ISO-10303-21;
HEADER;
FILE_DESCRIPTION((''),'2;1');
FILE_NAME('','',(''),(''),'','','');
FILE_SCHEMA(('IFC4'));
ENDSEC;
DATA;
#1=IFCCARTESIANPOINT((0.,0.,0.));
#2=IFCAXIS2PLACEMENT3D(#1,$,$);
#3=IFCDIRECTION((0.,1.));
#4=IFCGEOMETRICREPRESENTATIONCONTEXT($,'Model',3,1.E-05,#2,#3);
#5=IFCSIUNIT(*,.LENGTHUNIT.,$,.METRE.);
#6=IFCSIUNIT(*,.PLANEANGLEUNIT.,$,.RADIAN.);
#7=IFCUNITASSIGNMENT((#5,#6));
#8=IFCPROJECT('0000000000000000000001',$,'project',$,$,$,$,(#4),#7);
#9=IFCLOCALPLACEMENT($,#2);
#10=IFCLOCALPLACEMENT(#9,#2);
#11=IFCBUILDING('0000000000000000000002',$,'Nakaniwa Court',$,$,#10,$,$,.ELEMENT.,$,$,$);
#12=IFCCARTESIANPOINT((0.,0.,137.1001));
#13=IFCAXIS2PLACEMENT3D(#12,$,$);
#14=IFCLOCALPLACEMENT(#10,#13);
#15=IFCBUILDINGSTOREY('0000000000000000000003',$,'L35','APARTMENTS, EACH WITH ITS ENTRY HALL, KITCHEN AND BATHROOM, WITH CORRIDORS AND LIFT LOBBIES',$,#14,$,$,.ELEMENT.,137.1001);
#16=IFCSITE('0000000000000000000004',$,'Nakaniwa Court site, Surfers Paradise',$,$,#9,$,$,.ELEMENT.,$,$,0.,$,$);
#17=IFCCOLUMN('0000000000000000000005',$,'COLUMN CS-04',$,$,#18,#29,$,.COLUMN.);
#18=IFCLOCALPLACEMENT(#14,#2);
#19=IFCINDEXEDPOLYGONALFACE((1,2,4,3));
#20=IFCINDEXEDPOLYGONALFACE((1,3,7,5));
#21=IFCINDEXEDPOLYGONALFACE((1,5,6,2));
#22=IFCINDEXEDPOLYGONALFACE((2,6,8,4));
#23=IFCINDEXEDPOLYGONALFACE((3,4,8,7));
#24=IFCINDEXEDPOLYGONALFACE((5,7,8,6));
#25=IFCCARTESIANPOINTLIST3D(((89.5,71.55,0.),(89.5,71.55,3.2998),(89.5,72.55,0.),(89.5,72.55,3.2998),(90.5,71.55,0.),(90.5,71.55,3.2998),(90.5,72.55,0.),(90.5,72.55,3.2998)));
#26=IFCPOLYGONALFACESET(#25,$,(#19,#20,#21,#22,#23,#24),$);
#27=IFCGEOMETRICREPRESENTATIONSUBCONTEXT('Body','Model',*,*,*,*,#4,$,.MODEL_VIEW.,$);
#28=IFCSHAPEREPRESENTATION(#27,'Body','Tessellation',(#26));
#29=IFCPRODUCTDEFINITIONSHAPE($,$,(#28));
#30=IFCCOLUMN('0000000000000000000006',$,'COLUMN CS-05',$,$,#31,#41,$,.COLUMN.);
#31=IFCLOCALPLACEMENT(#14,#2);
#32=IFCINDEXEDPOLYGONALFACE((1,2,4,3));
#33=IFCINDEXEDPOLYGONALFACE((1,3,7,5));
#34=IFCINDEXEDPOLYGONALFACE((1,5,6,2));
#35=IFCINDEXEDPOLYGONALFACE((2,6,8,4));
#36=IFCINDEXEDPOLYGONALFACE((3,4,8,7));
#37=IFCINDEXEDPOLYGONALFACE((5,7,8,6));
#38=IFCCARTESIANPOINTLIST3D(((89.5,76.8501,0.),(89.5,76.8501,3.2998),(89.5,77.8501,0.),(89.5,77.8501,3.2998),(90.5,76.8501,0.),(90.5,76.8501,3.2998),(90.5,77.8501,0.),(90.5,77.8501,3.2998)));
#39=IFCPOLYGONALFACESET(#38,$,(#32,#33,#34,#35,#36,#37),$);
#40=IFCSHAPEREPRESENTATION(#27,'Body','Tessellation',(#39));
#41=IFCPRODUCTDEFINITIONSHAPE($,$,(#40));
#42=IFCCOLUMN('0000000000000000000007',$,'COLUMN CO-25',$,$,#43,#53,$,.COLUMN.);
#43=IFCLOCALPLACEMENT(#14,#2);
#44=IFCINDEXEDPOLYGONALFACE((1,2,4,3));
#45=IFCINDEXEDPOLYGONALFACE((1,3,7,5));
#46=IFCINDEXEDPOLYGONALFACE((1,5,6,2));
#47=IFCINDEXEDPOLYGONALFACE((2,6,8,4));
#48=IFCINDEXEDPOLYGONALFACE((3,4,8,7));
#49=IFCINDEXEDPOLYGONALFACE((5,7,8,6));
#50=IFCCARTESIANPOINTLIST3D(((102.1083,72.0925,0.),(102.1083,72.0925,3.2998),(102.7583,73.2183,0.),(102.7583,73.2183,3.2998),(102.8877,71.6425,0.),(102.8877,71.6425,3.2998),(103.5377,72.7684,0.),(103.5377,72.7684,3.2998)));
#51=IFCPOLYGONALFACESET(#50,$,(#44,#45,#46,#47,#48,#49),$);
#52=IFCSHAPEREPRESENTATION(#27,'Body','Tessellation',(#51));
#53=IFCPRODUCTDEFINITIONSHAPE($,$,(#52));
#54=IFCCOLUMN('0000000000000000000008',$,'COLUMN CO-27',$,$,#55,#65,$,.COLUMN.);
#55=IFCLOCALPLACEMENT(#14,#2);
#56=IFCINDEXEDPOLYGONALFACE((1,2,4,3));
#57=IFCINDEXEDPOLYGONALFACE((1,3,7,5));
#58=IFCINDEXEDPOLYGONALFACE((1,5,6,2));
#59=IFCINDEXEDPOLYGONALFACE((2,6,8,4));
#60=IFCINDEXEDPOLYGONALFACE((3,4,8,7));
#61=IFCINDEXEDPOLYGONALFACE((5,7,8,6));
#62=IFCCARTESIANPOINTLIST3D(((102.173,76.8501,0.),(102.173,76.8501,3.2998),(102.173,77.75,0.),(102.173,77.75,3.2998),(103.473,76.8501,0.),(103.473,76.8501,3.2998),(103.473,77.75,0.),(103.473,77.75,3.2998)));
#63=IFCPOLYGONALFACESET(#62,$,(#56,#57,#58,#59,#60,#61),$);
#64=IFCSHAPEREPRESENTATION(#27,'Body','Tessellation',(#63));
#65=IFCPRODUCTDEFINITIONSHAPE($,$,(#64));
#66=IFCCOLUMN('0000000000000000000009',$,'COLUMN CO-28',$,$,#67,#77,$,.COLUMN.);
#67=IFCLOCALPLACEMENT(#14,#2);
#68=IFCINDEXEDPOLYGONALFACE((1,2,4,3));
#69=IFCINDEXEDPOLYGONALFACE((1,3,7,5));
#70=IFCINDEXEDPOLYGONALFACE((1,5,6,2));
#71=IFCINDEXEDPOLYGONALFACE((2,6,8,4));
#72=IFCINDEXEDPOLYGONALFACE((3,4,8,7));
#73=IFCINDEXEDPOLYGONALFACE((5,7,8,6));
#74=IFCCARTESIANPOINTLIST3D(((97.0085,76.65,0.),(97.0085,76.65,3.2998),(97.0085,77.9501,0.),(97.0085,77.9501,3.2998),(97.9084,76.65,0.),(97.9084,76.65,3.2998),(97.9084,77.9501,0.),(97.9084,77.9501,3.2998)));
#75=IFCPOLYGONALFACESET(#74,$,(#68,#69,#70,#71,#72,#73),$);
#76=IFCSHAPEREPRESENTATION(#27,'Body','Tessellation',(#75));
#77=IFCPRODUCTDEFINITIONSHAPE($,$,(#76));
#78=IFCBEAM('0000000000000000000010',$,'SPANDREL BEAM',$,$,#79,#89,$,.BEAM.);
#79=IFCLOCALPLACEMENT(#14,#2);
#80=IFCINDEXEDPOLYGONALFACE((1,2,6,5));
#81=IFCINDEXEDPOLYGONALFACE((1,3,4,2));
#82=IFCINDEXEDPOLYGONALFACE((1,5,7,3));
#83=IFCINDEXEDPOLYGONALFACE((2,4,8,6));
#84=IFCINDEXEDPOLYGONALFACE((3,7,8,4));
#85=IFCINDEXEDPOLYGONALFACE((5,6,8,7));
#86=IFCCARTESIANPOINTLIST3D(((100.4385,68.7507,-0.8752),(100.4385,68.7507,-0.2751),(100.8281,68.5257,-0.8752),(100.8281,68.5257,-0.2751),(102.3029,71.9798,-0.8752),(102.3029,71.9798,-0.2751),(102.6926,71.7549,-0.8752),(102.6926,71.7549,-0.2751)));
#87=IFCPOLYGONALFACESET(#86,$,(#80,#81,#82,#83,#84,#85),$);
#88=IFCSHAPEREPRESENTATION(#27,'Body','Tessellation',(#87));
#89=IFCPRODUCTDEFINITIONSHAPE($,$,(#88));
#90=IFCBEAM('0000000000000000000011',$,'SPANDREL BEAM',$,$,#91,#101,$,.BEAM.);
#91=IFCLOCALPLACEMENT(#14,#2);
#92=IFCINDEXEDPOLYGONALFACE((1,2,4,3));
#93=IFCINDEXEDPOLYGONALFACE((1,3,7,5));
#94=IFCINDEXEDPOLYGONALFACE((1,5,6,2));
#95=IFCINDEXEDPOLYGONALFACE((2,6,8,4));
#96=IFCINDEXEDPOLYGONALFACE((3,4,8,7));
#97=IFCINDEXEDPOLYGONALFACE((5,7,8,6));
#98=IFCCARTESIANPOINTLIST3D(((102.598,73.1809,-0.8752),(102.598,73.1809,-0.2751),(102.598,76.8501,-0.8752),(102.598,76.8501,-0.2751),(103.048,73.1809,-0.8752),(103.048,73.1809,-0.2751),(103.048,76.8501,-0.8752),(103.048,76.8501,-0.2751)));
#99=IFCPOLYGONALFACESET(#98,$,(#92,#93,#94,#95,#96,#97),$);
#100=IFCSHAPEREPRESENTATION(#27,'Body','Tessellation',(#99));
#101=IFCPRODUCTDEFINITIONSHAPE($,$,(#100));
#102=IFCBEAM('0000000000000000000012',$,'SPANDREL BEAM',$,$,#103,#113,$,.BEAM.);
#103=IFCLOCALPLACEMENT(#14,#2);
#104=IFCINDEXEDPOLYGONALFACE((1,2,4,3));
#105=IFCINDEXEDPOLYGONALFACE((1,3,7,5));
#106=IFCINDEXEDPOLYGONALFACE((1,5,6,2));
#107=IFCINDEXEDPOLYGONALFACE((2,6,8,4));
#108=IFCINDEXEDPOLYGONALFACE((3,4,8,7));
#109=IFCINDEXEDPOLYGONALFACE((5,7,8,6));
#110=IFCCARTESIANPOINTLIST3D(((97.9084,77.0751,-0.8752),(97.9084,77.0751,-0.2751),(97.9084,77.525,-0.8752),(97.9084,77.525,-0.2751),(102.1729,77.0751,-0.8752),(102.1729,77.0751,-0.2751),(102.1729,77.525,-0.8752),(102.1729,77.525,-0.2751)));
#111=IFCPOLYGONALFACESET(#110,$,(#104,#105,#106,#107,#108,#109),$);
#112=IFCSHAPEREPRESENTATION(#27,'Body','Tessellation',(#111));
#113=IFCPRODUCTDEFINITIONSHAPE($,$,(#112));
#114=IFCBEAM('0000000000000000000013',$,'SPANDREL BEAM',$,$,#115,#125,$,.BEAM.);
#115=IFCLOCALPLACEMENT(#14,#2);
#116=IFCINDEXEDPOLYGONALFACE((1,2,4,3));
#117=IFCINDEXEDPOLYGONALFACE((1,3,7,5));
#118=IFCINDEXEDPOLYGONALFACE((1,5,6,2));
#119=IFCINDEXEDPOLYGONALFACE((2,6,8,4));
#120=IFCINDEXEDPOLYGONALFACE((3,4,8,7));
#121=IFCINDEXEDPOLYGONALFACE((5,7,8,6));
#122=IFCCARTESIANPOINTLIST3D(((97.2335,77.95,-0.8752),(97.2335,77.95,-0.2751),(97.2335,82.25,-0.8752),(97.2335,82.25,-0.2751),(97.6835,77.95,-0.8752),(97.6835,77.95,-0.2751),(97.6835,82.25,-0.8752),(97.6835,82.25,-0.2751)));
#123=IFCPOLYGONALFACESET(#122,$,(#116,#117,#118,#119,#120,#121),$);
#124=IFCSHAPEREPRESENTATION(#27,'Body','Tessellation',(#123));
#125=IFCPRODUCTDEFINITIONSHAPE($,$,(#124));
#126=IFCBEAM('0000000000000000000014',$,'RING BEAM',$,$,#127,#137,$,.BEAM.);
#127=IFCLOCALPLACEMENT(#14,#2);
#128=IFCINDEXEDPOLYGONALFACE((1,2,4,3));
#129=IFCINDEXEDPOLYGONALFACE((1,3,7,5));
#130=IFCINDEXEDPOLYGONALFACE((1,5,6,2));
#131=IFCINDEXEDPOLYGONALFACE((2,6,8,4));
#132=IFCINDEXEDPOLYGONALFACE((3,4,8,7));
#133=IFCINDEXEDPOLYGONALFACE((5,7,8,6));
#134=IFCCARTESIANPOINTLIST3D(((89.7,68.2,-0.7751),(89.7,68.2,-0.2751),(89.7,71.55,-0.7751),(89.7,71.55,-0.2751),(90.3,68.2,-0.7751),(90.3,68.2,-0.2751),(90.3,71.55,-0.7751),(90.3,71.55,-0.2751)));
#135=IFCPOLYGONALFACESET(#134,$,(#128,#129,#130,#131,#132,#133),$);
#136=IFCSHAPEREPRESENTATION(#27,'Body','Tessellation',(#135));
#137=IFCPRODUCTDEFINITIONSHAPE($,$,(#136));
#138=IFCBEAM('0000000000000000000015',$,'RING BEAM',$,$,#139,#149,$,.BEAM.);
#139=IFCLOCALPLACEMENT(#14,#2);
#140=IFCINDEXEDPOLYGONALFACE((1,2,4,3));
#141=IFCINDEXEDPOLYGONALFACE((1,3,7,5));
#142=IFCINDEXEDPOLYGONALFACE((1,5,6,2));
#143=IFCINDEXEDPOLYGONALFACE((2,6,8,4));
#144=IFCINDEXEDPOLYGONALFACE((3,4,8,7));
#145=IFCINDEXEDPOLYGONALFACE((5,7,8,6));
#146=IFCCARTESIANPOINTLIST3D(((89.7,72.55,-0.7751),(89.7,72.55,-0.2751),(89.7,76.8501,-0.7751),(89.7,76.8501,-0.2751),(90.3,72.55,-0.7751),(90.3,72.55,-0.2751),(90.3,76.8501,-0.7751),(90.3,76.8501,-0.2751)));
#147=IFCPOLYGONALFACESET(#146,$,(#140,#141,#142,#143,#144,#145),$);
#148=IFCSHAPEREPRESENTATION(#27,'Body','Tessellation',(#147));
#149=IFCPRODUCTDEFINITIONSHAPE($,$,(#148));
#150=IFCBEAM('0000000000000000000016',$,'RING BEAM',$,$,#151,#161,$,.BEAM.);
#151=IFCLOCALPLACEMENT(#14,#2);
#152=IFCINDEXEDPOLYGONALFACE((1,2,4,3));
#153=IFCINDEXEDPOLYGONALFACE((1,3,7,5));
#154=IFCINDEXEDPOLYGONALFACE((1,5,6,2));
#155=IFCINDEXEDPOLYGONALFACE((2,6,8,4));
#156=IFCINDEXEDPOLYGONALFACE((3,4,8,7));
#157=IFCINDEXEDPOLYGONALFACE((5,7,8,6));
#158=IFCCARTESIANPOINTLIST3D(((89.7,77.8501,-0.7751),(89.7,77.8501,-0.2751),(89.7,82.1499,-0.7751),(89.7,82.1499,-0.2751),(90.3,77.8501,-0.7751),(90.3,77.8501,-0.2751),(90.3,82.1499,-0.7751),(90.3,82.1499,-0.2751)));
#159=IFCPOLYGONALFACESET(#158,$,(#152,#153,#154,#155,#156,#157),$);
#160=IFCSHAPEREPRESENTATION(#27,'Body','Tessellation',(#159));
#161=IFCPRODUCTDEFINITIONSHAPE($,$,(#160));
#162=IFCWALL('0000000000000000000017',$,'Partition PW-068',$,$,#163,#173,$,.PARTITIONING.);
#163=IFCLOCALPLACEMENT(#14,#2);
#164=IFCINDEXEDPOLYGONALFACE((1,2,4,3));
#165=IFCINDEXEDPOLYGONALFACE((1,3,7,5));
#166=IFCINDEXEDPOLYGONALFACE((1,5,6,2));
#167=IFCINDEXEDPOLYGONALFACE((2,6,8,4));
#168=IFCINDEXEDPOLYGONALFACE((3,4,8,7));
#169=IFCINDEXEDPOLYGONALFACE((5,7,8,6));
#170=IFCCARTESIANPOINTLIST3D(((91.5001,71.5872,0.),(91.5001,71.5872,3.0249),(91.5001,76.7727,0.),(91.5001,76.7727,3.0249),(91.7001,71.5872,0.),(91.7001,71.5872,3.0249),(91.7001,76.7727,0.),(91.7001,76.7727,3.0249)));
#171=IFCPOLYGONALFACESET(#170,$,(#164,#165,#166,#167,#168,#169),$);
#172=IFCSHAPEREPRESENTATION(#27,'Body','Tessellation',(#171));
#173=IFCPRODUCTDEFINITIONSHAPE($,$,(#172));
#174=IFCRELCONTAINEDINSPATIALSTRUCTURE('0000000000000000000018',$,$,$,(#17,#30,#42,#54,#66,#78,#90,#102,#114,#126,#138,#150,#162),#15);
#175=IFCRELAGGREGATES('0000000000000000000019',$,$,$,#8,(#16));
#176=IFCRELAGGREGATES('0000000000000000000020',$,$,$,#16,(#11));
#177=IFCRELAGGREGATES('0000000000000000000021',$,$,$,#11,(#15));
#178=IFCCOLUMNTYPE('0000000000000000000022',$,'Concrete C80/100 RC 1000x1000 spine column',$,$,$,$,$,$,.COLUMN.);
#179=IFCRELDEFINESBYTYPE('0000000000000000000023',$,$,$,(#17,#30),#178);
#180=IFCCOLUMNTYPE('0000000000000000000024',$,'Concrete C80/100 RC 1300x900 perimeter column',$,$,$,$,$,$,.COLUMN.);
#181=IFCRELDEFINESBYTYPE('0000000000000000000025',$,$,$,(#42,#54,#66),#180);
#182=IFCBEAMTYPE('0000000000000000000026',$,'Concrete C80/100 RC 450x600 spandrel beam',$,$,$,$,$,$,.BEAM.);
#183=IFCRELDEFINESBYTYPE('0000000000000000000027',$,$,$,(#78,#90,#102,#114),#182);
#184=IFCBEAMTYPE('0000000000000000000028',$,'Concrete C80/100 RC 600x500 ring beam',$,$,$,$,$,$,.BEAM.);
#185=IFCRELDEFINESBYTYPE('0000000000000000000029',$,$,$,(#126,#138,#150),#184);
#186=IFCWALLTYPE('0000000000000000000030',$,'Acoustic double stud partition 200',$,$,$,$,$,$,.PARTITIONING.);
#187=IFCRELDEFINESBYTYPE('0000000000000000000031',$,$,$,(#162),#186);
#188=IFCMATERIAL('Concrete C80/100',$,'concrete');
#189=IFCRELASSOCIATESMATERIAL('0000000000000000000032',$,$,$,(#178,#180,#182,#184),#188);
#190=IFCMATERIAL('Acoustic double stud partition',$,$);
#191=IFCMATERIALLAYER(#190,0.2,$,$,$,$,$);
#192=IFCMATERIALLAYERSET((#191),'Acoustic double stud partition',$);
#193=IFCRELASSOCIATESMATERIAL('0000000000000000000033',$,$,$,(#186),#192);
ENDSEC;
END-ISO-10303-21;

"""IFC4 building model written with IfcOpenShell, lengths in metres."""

from ifc_helpers import new_model, si_unit, direction, frame, frame_2d, origin, origin_2d, place, context, subcontext, project, spatial, rectangle, extrude, material, layer, layer_set, material_profile, profile_set, type_object, element, save


model = new_model("IFC4")

# Units and contexts
model_context = context("Model", 3, precision=1e-05, world=origin(), true_north=direction((0.0, 1.0)))
body_context = subcontext(model_context, "Body", "Model", "MODEL_VIEW")
ifc_project = project(units=[si_unit("LENGTHUNIT", "METRE"), si_unit("PLANEANGLEUNIT", "RADIAN")], contexts=[model_context])

# Site, building, storey
site_placement = place(None, origin())
site = spatial("IfcSite", under=ifc_project, at=site_placement, Name="Nakaniwa Court site, Surfers Paradise", CompositionType="ELEMENT", RefElevation=0.0)
building_placement = place(site_placement, origin())
building = spatial("IfcBuilding", under=site, at=building_placement, Name="Nakaniwa Court", CompositionType="ELEMENT")
storey_placement = place(building_placement, frame((0.0, 0.0, 137.1001)))
storey = spatial("IfcBuildingStorey", under=building, at=storey_placement, Name="L35", Description="APARTMENTS, EACH WITH ITS ENTRY HALL, KITCHEN AND BATHROOM, WITH CORRIDORS AND LIFT LOBBIES", CompositionType="ELEMENT", Elevation=137.1001)

# Columns
ifc_material_1 = material(Name="Concrete C80/100", Category="concrete")
ifc_material_profile_1 = material_profile(ifc_material_1, rectangle(XDim=1.0, YDim=1.0, at=origin_2d()), Name="Concrete C80/100 RC 1000x1000 spine column")
ifc_profile_set_1 = profile_set([ifc_material_profile_1], Name="Concrete C80/100")
column_type_1 = type_object("IfcColumnType", Name="Concrete C80/100 RC 1000x1000 spine column", PredefinedType="COLUMN", material=ifc_profile_set_1)
for number, where, z_axis, x_axis, name in (
    (1, (90.0, 72.05, 0.0), (0.0, 0.0, 1.0), (0.0, 1.0, 0.0), "COLUMN CS-04"),
    (2, (90.0, 77.3501, 0.0), (0.0, 0.0, 1.0), (0.0, 1.0, 0.0), "COLUMN CS-05"),
):
    element("IfcColumn", number, at=place(storey_placement, frame(where, z_axis=z_axis, x_axis=x_axis)), inside=storey, type_object=column_type_1, Name=name, PredefinedType="COLUMN", context=body_context, shape_type="SweptSolid", body=[
        extrude(rectangle(XDim=1.0, YDim=1.0, at=origin_2d()), origin(), (0.0, 0.0, 1.0), 3.2998),
    ])
ifc_material_profile_2 = material_profile(ifc_material_1, rectangle(XDim=1.3, YDim=0.8999, at=origin_2d()), Name="Concrete C80/100 RC 1300x900 perimeter column")
ifc_profile_set_2 = profile_set([ifc_material_profile_2], Name="Concrete C80/100")
column_type_2 = type_object("IfcColumnType", Name="Concrete C80/100 RC 1300x900 perimeter column", PredefinedType="COLUMN", material=ifc_profile_set_2)
for number, where, z_axis, x_axis, name in (
    (3, (102.823, 72.4304, 0.0), (0.0, 0.0, 1.0), (0.5, 0.866025, 0.0), "COLUMN CO-25"),
    (4, (102.823, 77.3, 0.0), (0.0, 0.0, 1.0), (-1.0, 0.0, 0.0), "COLUMN CO-27"),
    (5, (97.4585, 77.3, 0.0), (0.0, 0.0, 1.0), (0.0, 1.0, 0.0), "COLUMN CO-28"),
):
    element("IfcColumn", number, at=place(storey_placement, frame(where, z_axis=z_axis, x_axis=x_axis)), inside=storey, type_object=column_type_2, Name=name, PredefinedType="COLUMN", context=body_context, shape_type="SweptSolid", body=[
        extrude(rectangle(XDim=1.3, YDim=0.8999, at=origin_2d()), origin(), (0.0, 0.0, 1.0), 3.2998),
    ])

# Beams
ifc_material_profile_3 = material_profile(ifc_material_1, rectangle(XDim=0.45, YDim=0.6001, at=origin_2d()), Name="Concrete C80/100 RC 450x600 spandrel beam")
ifc_profile_set_3 = profile_set([ifc_material_profile_3], Name="Concrete C80/100")
beam_type_1 = type_object("IfcBeamType", Name="Concrete C80/100 RC 450x600 spandrel beam", PredefinedType="BEAM", material=ifc_profile_set_3)
beam_1_placement = place(storey_placement, frame((100.6333, 68.6382, -0.5752), z_axis=(0.500019, 0.866014, 0.0), x_axis=(-0.866014, 0.500019, 0.0)))
element("IfcBeam", 6, at=beam_1_placement, inside=storey, type_object=beam_type_1, Name="SPANDREL BEAM", PredefinedType="BEAM", context=body_context, shape_type="SweptSolid", body=[
    extrude(rectangle(XDim=0.45, YDim=0.6001, at=origin_2d()), origin(), (0.0, 0.0, 1.0), 3.7288),
])
beam_2_placement = place(storey_placement, frame((102.823, 73.1809, -0.5752), z_axis=(0.0, 1.0, 0.0), x_axis=(-1.0, 0.0, 0.0)))
element("IfcBeam", 7, at=beam_2_placement, inside=storey, type_object=beam_type_1, Name="SPANDREL BEAM", PredefinedType="BEAM", context=body_context, shape_type="SweptSolid", body=[
    extrude(rectangle(XDim=0.45, YDim=0.6001, at=origin_2d()), origin(), (0.0, 0.0, 1.0), 3.6692),
])
beam_3_placement = place(storey_placement, frame((102.1729, 77.3, -0.5752), z_axis=(-1.0, 0.0, 0.0), x_axis=(0.0, -1.0, 0.0)))
element("IfcBeam", 8, at=beam_3_placement, inside=storey, type_object=beam_type_1, Name="SPANDREL BEAM", PredefinedType="BEAM", context=body_context, shape_type="SweptSolid", body=[
    extrude(rectangle(XDim=0.45, YDim=0.6001, at=origin_2d()), origin(), (0.0, 0.0, 1.0), 4.2644),
])
beam_4_placement = place(storey_placement, frame((97.4585, 77.95, -0.5752), z_axis=(0.0, 1.0, 0.0), x_axis=(-1.0, 0.0, 0.0)))
element("IfcBeam", 9, at=beam_4_placement, inside=storey, type_object=beam_type_1, Name="SPANDREL BEAM", PredefinedType="BEAM", context=body_context, shape_type="SweptSolid", body=[
    extrude(rectangle(XDim=0.45, YDim=0.6001, at=origin_2d()), origin(), (0.0, 0.0, 1.0), 4.3),
])
ifc_material_profile_4 = material_profile(ifc_material_1, rectangle(XDim=0.6001, YDim=0.5, at=origin_2d()), Name="Concrete C80/100 RC 600x500 ring beam")
ifc_profile_set_4 = profile_set([ifc_material_profile_4], Name="Concrete C80/100")
beam_type_2 = type_object("IfcBeamType", Name="Concrete C80/100 RC 600x500 ring beam", PredefinedType="BEAM", material=ifc_profile_set_4)
beam_5_placement = place(storey_placement, frame((90.0, 68.2, -0.5251), z_axis=(0.0, 1.0, 0.0), x_axis=(-1.0, 0.0, 0.0)))
element("IfcBeam", 10, at=beam_5_placement, inside=storey, type_object=beam_type_2, Name="RING BEAM", PredefinedType="BEAM", context=body_context, shape_type="SweptSolid", body=[
    extrude(rectangle(XDim=0.6001, YDim=0.5, at=origin_2d()), origin(), (0.0, 0.0, 1.0), 3.3501),
])
beam_6_placement = place(storey_placement, frame((90.0, 72.55, -0.5251), z_axis=(0.0, 1.0, 0.0), x_axis=(-1.0, 0.0, 0.0)))
element("IfcBeam", 11, at=beam_6_placement, inside=storey, type_object=beam_type_2, Name="RING BEAM", PredefinedType="BEAM", context=body_context, shape_type="SweptSolid", body=[
    extrude(rectangle(XDim=0.6001, YDim=0.5, at=origin_2d()), origin(), (0.0, 0.0, 1.0), 4.3),
])
beam_7_placement = place(storey_placement, frame((90.0, 77.8501, -0.5251), z_axis=(0.0, 1.0, 0.0), x_axis=(-1.0, 0.0, 0.0)))
element("IfcBeam", 12, at=beam_7_placement, inside=storey, type_object=beam_type_2, Name="RING BEAM", PredefinedType="BEAM", context=body_context, shape_type="SweptSolid", body=[
    extrude(rectangle(XDim=0.6001, YDim=0.5, at=origin_2d()), origin(), (0.0, 0.0, 1.0), 4.2998),
])

# Wall
ifc_material_2 = material(Name="Acoustic double stud partition")
ifc_layer_1 = layer(ifc_material_2, 0.2)
ifc_layer_set_1 = layer_set([ifc_layer_1], Name="Acoustic double stud partition")
wall_type_1 = type_object("IfcWallType", Name="Acoustic double stud partition 200", PredefinedType="PARTITIONING", material=ifc_layer_set_1)
wall_1_placement = place(storey_placement, frame((91.6001, 71.5872, 0.0), z_axis=(0.0, 0.0, 1.0), x_axis=(0.0, 1.0, 0.0)))
element("IfcWall", 13, at=wall_1_placement, inside=storey, type_object=wall_type_1, Name="Partition PW-068", PredefinedType="PARTITIONING", context=body_context, shape_type="SweptSolid", body=[
    extrude(rectangle(XDim=5.1855, YDim=0.2, at=frame_2d((2.5928, 0.0))), origin(), (0.0, 0.0, 1.0), 3.0249),
])

save(model, "model.ifc")
